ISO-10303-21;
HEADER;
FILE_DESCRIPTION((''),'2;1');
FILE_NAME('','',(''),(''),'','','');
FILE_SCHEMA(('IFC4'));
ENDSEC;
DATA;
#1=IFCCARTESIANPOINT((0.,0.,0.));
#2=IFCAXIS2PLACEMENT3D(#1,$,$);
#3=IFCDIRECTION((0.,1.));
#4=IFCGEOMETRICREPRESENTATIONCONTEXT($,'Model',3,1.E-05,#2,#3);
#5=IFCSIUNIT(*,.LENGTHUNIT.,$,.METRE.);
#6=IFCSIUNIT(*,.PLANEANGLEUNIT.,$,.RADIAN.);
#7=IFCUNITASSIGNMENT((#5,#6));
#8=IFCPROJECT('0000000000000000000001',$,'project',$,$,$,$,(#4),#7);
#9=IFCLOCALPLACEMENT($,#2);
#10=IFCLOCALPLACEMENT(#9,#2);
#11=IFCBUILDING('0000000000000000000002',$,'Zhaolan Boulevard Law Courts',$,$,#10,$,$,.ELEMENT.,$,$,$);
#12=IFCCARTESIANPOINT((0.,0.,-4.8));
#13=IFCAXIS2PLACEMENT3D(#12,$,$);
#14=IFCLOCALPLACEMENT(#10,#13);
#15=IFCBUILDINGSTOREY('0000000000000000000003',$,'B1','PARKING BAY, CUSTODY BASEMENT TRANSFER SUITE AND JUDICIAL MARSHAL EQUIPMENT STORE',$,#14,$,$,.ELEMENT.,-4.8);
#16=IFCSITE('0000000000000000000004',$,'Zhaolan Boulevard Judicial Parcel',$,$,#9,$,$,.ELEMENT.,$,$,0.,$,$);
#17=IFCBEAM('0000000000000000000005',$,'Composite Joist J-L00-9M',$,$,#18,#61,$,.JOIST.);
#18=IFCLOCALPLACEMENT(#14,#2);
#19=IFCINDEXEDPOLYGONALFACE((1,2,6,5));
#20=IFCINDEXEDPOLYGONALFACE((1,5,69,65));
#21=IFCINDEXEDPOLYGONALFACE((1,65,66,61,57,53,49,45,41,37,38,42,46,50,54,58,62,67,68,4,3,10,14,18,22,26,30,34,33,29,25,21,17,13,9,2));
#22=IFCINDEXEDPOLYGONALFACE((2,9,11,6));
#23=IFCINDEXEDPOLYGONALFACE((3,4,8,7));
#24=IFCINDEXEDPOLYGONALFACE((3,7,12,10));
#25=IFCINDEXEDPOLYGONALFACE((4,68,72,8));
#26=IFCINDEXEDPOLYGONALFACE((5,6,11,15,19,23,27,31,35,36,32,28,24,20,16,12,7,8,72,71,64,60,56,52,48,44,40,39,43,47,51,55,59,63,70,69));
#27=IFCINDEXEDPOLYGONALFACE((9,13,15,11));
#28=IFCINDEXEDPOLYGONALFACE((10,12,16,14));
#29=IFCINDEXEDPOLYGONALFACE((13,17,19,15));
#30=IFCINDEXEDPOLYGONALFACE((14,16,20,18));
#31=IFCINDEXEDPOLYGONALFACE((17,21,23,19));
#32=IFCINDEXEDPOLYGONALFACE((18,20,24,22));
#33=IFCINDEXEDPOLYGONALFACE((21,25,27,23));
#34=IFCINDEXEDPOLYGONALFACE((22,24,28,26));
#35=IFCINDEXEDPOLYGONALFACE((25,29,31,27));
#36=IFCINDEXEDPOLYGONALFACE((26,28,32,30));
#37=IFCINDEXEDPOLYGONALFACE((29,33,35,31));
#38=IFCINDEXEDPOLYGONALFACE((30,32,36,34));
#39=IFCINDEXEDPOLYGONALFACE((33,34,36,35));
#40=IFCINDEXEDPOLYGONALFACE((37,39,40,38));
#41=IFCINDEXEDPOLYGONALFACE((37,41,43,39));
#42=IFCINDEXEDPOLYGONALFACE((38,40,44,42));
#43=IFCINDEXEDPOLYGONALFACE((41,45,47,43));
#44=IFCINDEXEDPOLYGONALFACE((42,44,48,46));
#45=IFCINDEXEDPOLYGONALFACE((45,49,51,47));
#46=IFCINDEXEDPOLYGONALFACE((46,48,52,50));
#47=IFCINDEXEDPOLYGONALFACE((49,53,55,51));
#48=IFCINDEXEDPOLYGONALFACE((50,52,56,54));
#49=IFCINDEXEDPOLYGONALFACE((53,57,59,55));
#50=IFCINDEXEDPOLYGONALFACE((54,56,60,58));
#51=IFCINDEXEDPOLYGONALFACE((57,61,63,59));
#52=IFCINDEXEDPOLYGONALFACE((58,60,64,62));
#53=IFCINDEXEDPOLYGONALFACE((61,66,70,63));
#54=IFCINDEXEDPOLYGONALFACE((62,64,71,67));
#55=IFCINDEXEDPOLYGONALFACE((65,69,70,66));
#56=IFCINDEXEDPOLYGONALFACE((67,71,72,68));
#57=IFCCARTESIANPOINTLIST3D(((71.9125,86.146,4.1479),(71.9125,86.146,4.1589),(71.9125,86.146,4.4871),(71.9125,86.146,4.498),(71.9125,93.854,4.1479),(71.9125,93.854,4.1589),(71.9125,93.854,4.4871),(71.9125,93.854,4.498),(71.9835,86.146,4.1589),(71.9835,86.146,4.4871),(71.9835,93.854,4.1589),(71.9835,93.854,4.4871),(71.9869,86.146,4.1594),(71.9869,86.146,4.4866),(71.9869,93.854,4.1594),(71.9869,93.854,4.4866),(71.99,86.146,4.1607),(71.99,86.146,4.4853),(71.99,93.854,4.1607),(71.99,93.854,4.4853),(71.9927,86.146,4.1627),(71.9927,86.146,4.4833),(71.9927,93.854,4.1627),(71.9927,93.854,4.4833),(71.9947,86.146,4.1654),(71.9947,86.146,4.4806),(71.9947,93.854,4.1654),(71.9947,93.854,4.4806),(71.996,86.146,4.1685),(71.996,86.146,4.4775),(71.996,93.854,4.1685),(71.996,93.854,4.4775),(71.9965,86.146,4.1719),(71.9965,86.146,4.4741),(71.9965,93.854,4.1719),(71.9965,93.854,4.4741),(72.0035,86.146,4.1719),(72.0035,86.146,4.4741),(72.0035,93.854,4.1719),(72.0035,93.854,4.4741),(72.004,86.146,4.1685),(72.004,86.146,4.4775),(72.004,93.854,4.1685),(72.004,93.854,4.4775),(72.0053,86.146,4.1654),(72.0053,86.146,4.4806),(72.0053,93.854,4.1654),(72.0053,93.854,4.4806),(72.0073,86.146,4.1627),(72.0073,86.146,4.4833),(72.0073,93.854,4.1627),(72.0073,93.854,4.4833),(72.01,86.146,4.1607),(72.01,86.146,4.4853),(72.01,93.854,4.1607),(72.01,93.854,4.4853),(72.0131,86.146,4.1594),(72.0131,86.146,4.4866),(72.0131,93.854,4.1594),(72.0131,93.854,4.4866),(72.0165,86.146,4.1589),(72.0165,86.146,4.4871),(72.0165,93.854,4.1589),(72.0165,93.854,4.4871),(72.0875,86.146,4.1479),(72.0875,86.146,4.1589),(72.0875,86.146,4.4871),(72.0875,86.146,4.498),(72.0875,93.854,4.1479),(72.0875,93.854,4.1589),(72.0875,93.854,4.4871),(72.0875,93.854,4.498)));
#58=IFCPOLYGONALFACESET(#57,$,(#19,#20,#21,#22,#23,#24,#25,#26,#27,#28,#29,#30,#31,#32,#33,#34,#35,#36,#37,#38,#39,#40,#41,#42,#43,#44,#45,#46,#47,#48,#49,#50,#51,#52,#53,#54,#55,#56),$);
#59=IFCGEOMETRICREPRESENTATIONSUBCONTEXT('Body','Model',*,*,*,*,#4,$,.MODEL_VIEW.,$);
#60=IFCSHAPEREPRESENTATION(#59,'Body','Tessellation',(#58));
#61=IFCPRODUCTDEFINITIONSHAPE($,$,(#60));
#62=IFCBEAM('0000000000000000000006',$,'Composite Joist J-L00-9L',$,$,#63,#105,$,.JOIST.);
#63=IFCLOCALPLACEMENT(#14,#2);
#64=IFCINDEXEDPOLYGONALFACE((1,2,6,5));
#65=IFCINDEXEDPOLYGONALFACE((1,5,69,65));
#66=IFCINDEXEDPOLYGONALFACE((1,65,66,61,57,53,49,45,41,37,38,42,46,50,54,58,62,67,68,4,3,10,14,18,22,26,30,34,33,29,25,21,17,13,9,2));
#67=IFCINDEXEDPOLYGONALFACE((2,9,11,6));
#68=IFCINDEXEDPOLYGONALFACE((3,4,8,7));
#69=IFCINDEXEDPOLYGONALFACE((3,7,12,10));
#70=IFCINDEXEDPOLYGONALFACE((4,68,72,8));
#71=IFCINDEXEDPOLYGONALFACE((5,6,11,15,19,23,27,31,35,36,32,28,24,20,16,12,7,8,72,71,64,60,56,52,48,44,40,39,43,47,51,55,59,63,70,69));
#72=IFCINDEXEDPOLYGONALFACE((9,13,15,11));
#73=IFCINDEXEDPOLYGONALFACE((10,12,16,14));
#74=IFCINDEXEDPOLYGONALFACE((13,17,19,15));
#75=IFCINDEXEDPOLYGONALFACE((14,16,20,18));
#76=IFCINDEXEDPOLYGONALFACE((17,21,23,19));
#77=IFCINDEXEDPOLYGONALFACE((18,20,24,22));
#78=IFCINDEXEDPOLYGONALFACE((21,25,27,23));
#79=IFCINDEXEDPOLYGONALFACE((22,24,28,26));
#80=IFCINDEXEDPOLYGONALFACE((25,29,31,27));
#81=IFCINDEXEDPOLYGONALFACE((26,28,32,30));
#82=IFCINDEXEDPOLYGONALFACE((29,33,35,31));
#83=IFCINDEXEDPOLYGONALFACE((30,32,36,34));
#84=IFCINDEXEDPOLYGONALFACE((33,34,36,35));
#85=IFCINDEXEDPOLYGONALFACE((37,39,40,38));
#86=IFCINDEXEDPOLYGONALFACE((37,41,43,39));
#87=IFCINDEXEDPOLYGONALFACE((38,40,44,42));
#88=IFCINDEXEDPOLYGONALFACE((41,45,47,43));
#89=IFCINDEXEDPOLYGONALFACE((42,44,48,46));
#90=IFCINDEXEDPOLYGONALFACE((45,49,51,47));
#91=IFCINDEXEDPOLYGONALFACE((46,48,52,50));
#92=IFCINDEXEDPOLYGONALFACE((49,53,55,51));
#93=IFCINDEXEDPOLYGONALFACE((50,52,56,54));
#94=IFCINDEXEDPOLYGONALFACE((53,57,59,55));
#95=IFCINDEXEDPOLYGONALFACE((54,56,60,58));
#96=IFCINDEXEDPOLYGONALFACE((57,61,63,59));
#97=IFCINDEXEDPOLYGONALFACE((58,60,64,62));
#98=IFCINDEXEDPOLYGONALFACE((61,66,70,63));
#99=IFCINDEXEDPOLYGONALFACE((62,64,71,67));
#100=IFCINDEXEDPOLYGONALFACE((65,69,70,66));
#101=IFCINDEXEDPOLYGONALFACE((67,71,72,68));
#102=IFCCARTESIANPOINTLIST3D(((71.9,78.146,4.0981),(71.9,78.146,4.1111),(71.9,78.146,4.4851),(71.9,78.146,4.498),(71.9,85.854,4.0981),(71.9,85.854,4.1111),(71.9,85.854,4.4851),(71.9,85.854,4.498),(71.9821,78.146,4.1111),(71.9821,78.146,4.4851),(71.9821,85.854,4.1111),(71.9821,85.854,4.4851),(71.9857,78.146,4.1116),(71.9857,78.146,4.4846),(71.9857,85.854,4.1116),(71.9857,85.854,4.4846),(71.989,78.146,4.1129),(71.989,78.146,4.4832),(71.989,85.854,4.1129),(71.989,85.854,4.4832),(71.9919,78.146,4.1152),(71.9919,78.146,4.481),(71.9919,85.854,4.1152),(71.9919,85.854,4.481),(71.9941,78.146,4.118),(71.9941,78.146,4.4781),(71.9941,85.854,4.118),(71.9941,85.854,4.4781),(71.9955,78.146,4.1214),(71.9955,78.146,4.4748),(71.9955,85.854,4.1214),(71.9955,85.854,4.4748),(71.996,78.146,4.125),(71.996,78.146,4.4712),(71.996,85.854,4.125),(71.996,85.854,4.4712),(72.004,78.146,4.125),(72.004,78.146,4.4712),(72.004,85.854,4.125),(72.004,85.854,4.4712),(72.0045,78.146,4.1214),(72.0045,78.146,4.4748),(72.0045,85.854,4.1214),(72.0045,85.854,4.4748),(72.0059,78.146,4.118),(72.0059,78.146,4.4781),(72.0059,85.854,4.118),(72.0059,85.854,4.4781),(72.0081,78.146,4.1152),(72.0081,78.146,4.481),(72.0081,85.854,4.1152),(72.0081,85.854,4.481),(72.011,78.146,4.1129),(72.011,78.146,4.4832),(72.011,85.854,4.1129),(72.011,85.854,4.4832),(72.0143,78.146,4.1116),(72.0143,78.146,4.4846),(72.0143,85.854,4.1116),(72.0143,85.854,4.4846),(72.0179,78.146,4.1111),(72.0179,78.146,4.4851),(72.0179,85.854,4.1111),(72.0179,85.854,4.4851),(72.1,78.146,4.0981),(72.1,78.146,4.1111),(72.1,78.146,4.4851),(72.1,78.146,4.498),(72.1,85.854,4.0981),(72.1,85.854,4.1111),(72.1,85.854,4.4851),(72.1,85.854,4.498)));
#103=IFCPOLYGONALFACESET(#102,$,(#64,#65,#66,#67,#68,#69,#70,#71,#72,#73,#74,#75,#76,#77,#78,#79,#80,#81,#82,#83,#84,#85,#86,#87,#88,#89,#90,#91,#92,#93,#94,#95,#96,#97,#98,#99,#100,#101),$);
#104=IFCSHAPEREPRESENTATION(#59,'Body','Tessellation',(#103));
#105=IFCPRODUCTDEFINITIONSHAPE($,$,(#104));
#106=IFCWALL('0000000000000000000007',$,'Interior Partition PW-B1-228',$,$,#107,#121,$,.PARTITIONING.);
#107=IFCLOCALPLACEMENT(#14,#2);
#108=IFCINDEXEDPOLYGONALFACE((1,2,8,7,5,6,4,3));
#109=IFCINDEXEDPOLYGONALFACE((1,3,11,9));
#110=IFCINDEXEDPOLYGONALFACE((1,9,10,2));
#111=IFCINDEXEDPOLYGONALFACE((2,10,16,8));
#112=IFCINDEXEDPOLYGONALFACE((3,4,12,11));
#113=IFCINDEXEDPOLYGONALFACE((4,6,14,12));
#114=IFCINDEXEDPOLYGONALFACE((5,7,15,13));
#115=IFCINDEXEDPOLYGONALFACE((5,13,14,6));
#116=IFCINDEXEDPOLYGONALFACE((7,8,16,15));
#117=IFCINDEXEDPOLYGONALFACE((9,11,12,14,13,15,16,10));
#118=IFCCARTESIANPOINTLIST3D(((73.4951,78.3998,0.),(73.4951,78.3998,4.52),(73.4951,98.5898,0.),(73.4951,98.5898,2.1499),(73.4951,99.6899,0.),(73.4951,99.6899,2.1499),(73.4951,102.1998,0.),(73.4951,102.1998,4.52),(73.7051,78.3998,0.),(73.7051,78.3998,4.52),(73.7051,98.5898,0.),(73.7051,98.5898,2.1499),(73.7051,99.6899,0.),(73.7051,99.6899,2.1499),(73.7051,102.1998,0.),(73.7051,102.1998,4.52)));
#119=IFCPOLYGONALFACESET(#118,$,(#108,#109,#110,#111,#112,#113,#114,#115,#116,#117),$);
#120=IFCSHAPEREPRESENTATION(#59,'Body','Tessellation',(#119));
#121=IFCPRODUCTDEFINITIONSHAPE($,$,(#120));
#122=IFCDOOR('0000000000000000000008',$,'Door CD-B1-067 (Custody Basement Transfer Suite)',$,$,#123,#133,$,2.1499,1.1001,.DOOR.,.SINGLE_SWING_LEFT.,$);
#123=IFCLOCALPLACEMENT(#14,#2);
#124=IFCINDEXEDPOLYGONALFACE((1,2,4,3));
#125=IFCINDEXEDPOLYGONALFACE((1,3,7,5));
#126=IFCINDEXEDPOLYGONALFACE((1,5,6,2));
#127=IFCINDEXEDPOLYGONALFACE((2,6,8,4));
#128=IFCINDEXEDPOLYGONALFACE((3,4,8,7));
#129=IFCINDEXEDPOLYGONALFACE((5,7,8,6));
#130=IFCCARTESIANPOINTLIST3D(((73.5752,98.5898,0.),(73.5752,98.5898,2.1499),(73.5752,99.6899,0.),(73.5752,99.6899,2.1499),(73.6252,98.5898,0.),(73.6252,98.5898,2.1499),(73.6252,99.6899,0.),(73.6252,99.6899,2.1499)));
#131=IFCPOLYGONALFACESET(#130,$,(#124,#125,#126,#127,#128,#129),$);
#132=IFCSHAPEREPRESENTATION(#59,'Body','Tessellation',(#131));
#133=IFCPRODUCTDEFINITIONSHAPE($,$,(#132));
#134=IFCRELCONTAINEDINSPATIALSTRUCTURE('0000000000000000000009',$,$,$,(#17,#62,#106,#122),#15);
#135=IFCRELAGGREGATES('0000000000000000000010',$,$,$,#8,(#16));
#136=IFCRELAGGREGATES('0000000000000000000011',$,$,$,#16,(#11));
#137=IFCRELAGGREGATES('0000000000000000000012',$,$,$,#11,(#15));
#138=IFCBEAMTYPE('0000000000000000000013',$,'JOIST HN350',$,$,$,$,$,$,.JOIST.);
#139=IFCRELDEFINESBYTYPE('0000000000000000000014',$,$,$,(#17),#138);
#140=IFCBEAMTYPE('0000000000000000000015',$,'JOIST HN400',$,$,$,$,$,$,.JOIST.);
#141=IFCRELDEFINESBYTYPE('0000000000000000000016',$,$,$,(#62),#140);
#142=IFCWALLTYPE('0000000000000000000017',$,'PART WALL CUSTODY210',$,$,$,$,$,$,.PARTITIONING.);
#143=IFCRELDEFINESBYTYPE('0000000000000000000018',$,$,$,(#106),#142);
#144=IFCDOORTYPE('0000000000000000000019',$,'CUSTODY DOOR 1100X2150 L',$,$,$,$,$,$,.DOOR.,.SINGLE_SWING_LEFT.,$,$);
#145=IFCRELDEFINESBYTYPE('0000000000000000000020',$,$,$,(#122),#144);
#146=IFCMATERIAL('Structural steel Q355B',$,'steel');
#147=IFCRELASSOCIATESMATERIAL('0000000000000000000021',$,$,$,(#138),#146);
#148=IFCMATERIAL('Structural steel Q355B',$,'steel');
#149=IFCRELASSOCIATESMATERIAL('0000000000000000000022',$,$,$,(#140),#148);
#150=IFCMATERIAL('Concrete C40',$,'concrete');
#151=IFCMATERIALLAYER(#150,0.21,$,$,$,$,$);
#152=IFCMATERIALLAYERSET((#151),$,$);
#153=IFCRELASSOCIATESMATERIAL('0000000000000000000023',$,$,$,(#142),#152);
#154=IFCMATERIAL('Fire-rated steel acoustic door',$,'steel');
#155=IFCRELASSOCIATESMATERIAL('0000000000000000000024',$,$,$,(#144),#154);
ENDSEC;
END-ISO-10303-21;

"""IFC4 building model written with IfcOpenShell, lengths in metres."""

from ifc_helpers import new_model, si_unit, direction, frame, frame_2d, origin, origin_2d, place, context, subcontext, project, spatial, rectangle, i_section, extrude, material, layer, layer_set, material_profile, profile_set, type_object, element, fill, save


model = new_model("IFC4")

# Units and contexts
model_context = context("Model", 3, precision=1e-05, world=origin(), true_north=direction((0.0, 1.0)))
body_context = subcontext(model_context, "Body", "Model", "MODEL_VIEW")
ifc_project = project(units=[si_unit("LENGTHUNIT", "METRE"), si_unit("PLANEANGLEUNIT", "RADIAN")], contexts=[model_context])

# Site, building, storey
site_placement = place(None, origin())
site = spatial("IfcSite", under=ifc_project, at=site_placement, Name="Zhaolan Boulevard Judicial Parcel", CompositionType="ELEMENT", RefElevation=0.0)
building_placement = place(site_placement, origin())
building = spatial("IfcBuilding", under=site, at=building_placement, Name="Zhaolan Boulevard Law Courts", CompositionType="ELEMENT")
storey_placement = place(building_placement, frame((0.0, 0.0, -4.8)))
storey = spatial("IfcBuildingStorey", under=building, at=storey_placement, Name="B1", Description="PARKING BAY, CUSTODY BASEMENT TRANSFER SUITE AND JUDICIAL MARSHAL EQUIPMENT STORE", CompositionType="ELEMENT", Elevation=-4.8)

# Beams
ifc_material_1 = material(Name="Structural steel Q355B", Category="steel")
ifc_material_profile_1 = material_profile(ifc_material_1, i_section(OverallWidth=0.175, OverallDepth=0.3501, WebThickness=0.0071, FlangeThickness=0.011, FilletRadius=0.0129, at=origin_2d()), Name="HN350x175")
ifc_profile_set_1 = profile_set([ifc_material_profile_1], Name="Structural steel Q355B")
beam_type_1 = type_object("IfcBeamType", Name="JOIST HN350", PredefinedType="JOIST", material=ifc_profile_set_1)
beam_1_placement = place(storey_placement, frame((72.0, 86.146, 4.323), z_axis=(0.0, 1.0, 0.0), x_axis=(-1.0, 0.0, 0.0)))
element("IfcBeam", 1, at=beam_1_placement, inside=storey, type_object=beam_type_1, Name="Composite Joist J-L00-9M", PredefinedType="JOIST", context=body_context, shape_type="SweptSolid", body=[
    extrude(i_section(OverallWidth=0.175, OverallDepth=0.3501, WebThickness=0.0071, FlangeThickness=0.011, FilletRadius=0.0129, at=origin_2d()), origin(), (0.0, 0.0, 1.0), 7.708),
])
ifc_material_2 = material(Name="Structural steel Q355B", Category="steel")
ifc_material_profile_2 = material_profile(ifc_material_2, i_section(OverallWidth=0.2, OverallDepth=0.3999, WebThickness=0.0081, FlangeThickness=0.0129, FilletRadius=0.0139, at=origin_2d()), Name="HN400x200")
ifc_profile_set_2 = profile_set([ifc_material_profile_2], Name="Structural steel Q355B")
beam_type_2 = type_object("IfcBeamType", Name="JOIST HN400", PredefinedType="JOIST", material=ifc_profile_set_2)
beam_2_placement = place(storey_placement, frame((72.0, 78.146, 4.2981), z_axis=(0.0, 1.0, 0.0), x_axis=(-1.0, 0.0, 0.0)))
element("IfcBeam", 2, at=beam_2_placement, inside=storey, type_object=beam_type_2, Name="Composite Joist J-L00-9L", PredefinedType="JOIST", context=body_context, shape_type="SweptSolid", body=[
    extrude(i_section(OverallWidth=0.2, OverallDepth=0.3999, WebThickness=0.0081, FlangeThickness=0.0129, FilletRadius=0.0139, at=origin_2d()), origin(), (0.0, 0.0, 1.0), 7.708),
])

# Wall, opening, door
ifc_material_3 = material(Name="Concrete C40", Category="concrete")
ifc_layer = layer(ifc_material_3, 0.21)
ifc_layer_set = layer_set([ifc_layer])
wall_type = type_object("IfcWallType", Name="PART WALL CUSTODY210", PredefinedType="PARTITIONING", material=ifc_layer_set)
wall_placement = place(storey_placement, frame((73.6001, 78.3999, 0.0), z_axis=(0.0, 0.0, 1.0), x_axis=(0.0, 1.0, 0.0)))
wall = element("IfcWall", 3, at=wall_placement, inside=storey, type_object=wall_type, Name="Interior Partition PW-B1-228", PredefinedType="PARTITIONING", context=body_context, shape_type="SweptSolid", body=[
    extrude(rectangle(XDim=23.8, YDim=0.21, at=frame_2d((11.8999, 0.0))), origin(), (0.0, 0.0, 1.0), 4.52),
])
opening_placement = place(wall_placement, frame((20.1899, 0.0, 0.0)))
opening = element("IfcOpeningElement", 4, at=opening_placement, cuts=wall, PredefinedType="OPENING", context=body_context, shape_type="SweptSolid", body=[
    extrude(rectangle(XDim=1.1001, YDim=2.1499, at=frame_2d((0.55, 1.075))), frame((0.0, 0.115, 0.0), z_axis=(0.0, -1.0, 0.0), x_axis=(1.0, 0.0, 0.0)), (0.0, 0.0, 1.0), 0.23),
])
ifc_material_4 = material(Name="Fire-rated steel acoustic door", Category="steel")
door_type = type_object("IfcDoorType", Name="CUSTODY DOOR 1100X2150 L", OperationType="SINGLE_SWING_LEFT", PredefinedType="DOOR", material=ifc_material_4)
door_placement = place(opening_placement, origin())
door = element("IfcDoor", 5, at=door_placement, inside=storey, type_object=door_type, Name="Door CD-B1-067 (Custody Basement Transfer Suite)", OperationType="SINGLE_SWING_LEFT", OverallHeight=2.1499, OverallWidth=1.1001, PredefinedType="DOOR", context=body_context, shape_type="SweptSolid", body=[
    extrude(rectangle(XDim=1.1001, YDim=2.1499, at=frame_2d((0.55, 1.075))), frame((0.0, 0.0249, 0.0), z_axis=(0.0, -1.0, 0.0), x_axis=(1.0, 0.0, 0.0)), (0.0, 0.0, 1.0), 0.05),
])
fill(opening, door)

save(model, "model.ifc")
